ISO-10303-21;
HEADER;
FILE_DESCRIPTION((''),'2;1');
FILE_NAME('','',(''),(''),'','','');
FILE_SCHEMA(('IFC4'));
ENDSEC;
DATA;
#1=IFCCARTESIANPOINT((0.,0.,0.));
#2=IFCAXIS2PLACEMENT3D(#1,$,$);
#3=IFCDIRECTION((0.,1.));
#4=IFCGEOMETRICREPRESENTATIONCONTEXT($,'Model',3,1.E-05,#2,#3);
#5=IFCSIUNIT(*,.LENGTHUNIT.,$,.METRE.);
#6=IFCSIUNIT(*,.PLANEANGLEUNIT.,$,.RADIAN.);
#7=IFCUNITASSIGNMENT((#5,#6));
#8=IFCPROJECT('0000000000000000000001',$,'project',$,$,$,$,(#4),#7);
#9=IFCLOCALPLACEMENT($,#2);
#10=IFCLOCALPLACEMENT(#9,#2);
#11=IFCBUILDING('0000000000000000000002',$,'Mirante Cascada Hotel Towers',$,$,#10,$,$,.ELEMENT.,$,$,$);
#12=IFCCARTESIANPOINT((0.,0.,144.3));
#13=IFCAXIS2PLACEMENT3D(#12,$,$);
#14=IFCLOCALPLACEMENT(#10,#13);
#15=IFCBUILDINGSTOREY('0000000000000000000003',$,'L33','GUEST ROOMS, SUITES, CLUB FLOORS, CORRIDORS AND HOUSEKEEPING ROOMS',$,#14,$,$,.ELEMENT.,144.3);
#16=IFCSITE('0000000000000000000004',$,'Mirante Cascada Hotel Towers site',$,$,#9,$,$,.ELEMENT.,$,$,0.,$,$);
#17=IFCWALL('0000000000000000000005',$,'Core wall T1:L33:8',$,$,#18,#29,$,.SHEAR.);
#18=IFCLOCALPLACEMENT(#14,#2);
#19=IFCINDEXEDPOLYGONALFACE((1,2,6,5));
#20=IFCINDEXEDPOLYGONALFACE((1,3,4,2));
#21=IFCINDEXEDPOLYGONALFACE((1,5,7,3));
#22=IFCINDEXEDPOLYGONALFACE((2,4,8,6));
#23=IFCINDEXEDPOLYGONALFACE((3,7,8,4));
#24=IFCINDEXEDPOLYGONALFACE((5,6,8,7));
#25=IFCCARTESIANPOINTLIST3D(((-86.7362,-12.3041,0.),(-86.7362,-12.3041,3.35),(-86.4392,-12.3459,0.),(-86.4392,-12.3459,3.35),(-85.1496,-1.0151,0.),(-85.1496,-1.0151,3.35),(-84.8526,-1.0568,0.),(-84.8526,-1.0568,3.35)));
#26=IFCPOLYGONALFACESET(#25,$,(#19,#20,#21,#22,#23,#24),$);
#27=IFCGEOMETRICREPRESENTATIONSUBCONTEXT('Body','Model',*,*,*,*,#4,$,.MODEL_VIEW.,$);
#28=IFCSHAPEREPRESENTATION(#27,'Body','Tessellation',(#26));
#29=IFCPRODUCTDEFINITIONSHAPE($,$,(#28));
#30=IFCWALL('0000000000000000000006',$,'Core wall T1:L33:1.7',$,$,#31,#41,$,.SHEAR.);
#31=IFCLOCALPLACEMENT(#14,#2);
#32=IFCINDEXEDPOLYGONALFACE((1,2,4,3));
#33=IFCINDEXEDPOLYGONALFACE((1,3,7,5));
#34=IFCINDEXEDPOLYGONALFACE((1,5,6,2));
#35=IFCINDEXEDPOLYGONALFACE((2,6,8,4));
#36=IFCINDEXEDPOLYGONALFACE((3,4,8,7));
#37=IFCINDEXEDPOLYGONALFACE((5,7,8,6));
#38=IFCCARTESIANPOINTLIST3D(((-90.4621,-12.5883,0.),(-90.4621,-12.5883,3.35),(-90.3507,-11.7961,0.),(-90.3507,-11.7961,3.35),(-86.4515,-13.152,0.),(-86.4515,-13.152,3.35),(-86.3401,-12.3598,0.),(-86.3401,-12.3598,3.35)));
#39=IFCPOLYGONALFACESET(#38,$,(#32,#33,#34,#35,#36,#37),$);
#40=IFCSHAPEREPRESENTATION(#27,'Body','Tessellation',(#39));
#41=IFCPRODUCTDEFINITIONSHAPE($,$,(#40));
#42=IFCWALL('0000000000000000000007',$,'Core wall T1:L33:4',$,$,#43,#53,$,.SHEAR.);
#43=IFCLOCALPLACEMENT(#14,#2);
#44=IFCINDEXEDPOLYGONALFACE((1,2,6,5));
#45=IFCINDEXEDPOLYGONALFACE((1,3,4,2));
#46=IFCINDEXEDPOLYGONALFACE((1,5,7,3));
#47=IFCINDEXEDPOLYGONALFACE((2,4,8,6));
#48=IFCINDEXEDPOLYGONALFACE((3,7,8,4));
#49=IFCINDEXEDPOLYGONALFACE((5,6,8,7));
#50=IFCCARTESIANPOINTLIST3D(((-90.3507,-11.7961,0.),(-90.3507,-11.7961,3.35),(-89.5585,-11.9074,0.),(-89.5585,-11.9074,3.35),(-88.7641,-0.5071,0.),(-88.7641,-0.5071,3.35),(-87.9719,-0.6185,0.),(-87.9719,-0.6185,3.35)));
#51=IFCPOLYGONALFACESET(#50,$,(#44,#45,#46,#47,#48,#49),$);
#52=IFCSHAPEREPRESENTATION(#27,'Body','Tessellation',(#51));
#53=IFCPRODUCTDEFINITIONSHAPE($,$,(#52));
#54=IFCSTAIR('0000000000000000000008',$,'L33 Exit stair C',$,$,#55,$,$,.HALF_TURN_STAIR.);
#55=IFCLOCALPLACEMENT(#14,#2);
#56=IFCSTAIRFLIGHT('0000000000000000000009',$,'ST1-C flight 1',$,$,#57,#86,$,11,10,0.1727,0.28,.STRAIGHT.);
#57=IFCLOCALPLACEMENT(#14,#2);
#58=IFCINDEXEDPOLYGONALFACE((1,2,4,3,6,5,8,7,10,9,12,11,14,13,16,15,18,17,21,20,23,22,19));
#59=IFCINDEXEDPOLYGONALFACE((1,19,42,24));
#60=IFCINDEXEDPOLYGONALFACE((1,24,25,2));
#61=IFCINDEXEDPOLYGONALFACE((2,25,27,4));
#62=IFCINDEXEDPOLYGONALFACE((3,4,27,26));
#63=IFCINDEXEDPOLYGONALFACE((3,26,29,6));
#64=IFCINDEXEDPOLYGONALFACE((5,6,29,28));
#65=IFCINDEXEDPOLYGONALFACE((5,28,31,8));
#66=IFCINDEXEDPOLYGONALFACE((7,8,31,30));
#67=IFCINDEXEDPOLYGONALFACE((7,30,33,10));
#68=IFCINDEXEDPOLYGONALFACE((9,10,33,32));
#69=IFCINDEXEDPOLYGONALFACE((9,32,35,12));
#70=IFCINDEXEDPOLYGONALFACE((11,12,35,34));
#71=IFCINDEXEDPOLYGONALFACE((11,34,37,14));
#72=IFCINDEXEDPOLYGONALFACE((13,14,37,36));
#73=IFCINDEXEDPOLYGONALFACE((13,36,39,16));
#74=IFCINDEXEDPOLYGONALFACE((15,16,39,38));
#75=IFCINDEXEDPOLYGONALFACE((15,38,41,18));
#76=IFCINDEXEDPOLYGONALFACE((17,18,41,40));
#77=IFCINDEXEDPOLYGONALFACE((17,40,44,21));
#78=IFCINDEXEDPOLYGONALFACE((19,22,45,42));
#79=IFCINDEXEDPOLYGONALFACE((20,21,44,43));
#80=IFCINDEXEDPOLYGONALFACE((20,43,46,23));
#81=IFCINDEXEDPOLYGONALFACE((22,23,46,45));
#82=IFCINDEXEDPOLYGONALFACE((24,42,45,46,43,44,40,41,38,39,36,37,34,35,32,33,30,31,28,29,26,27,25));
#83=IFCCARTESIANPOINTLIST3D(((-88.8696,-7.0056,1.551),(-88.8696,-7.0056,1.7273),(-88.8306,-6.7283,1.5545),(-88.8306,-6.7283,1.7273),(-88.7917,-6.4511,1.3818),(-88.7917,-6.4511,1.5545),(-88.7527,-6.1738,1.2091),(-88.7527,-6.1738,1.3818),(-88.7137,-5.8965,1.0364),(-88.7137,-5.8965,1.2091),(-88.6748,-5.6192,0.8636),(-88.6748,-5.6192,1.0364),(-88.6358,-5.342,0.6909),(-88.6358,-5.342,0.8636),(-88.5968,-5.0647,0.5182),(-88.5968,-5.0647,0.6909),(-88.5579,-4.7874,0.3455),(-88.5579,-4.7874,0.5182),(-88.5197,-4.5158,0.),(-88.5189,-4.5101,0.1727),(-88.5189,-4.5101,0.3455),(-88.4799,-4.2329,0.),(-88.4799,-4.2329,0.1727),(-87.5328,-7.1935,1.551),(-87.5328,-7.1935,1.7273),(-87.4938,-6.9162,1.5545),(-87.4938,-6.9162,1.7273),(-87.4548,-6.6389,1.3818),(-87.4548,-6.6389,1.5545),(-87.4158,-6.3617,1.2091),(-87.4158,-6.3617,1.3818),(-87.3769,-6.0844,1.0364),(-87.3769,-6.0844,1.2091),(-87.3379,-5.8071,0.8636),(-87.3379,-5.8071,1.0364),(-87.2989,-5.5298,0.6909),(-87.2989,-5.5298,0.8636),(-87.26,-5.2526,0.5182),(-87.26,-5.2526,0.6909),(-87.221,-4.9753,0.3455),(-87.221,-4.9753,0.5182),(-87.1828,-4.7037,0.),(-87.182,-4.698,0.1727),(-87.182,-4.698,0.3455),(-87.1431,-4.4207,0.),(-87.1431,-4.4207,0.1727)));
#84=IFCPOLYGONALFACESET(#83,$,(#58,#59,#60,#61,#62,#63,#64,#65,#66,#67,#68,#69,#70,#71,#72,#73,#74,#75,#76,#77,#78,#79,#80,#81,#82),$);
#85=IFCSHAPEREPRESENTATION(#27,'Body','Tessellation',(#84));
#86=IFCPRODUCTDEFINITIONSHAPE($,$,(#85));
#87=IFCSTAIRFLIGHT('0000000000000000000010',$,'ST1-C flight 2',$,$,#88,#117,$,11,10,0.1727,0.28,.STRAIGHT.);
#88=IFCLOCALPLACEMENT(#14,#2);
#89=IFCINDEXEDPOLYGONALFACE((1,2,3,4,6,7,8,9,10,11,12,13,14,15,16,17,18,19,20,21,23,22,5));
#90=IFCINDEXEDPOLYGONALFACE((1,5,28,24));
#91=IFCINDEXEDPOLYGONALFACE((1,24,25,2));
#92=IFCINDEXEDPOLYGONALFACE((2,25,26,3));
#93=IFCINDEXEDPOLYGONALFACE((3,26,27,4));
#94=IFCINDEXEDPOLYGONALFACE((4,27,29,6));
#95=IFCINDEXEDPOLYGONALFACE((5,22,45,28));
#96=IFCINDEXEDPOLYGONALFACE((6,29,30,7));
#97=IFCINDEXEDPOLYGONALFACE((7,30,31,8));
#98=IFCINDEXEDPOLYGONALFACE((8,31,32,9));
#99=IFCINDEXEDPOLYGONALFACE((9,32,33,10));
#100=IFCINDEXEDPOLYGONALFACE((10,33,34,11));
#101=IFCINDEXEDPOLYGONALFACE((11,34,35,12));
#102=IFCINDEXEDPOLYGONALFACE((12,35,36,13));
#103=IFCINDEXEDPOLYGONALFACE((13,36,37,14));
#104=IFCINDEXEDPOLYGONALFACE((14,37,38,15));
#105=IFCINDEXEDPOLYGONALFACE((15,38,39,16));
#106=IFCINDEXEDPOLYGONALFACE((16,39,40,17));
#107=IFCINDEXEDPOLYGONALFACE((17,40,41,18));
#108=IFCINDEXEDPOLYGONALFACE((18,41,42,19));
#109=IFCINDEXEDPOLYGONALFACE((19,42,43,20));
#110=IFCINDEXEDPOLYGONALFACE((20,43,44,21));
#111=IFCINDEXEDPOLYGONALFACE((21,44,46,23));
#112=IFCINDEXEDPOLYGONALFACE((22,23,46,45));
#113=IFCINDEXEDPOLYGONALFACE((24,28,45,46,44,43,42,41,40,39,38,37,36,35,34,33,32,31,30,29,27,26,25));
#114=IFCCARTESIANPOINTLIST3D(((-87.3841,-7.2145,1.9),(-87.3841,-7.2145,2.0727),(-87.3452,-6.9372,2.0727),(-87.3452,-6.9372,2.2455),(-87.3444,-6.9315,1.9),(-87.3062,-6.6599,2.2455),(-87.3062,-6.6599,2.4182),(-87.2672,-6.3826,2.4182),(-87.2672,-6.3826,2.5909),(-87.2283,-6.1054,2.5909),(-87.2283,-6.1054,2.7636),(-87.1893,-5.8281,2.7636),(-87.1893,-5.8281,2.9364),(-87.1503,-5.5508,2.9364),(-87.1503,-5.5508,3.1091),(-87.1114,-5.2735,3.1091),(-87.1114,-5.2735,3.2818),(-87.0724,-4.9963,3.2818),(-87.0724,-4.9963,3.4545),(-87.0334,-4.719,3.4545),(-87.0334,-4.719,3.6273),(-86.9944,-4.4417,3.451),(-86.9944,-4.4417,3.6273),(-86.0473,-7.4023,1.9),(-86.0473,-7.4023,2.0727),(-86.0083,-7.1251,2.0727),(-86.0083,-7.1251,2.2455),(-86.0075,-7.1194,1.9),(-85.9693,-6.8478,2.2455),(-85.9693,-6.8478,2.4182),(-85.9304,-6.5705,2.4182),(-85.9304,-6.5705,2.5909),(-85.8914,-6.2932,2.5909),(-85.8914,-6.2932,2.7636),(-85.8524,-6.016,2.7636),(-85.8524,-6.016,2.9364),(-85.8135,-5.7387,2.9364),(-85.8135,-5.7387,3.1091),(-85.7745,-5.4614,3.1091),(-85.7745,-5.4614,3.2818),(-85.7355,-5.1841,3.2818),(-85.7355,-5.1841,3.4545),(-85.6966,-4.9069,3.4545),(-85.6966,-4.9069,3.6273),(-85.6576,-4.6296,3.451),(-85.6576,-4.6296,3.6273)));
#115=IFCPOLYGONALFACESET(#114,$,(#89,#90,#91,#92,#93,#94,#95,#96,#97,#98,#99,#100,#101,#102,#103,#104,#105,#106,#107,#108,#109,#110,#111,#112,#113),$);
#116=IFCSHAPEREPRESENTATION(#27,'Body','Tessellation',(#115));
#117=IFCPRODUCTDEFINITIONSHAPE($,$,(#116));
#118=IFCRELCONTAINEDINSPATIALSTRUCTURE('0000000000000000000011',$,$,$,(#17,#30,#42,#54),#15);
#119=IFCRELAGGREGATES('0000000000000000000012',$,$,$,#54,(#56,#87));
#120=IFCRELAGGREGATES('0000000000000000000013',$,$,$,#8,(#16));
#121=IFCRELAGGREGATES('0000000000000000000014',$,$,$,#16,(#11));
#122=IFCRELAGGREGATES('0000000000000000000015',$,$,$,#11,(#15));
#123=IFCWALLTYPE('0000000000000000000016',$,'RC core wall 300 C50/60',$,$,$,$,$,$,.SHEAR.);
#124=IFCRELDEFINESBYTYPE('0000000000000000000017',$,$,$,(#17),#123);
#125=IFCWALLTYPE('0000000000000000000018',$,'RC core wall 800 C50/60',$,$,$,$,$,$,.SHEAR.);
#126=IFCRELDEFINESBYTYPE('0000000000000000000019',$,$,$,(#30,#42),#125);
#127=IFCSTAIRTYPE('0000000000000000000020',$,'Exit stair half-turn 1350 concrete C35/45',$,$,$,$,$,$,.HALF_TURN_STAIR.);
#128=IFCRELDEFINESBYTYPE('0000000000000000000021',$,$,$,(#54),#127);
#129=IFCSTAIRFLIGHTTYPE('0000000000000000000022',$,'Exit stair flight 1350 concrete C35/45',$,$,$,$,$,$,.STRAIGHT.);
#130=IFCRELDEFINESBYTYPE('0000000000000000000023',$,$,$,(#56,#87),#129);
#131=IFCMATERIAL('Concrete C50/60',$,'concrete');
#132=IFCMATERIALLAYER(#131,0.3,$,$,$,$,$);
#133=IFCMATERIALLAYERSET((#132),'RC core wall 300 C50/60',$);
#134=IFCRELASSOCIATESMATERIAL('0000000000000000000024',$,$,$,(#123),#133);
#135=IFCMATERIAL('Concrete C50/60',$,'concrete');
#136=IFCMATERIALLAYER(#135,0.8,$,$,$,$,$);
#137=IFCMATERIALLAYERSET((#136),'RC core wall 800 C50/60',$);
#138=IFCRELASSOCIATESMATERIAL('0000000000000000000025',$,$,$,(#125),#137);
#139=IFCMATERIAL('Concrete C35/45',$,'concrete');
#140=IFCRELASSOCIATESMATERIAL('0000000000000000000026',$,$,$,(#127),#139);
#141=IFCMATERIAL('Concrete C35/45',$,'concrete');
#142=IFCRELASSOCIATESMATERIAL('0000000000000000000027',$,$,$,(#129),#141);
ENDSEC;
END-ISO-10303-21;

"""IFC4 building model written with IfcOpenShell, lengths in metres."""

from ifc_helpers import new_model, si_unit, direction, frame, frame_2d, origin, place, context, subcontext, project, spatial, polyline, rectangle, outline, extrude, material, layer, layer_set, type_object, element, aggregate, save


model = new_model("IFC4")

# Units and contexts
model_context = context("Model", 3, precision=1e-05, world=origin(), true_north=direction((0.0, 1.0)))
body_context = subcontext(model_context, "Body", "Model", "MODEL_VIEW")
ifc_project = project(units=[si_unit("LENGTHUNIT", "METRE"), si_unit("PLANEANGLEUNIT", "RADIAN")], contexts=[model_context])

# Site, building, storey
site_placement = place(None, origin())
site = spatial("IfcSite", under=ifc_project, at=site_placement, Name="Mirante Cascada Hotel Towers site", CompositionType="ELEMENT", RefElevation=0.0)
building_placement = place(site_placement, origin())
building = spatial("IfcBuilding", under=site, at=building_placement, Name="Mirante Cascada Hotel Towers", CompositionType="ELEMENT")
storey_placement = place(building_placement, frame((0.0, 0.0, 144.3)))
storey = spatial("IfcBuildingStorey", under=building, at=storey_placement, Name="L33", Description="GUEST ROOMS, SUITES, CLUB FLOORS, CORRIDORS AND HOUSEKEEPING ROOMS", CompositionType="ELEMENT", Elevation=144.3)

# Walls
ifc_material_1 = material(Name="Concrete C50/60", Category="concrete")
ifc_layer_1 = layer(ifc_material_1, 0.3)
ifc_layer_set_1 = layer_set([ifc_layer_1], Name="RC core wall 300 C50/60")
wall_type_1 = type_object("IfcWallType", Name="RC core wall 300 C50/60", PredefinedType="SHEAR", material=ifc_layer_set_1)
wall_1_placement = place(storey_placement, frame((-86.5877, -12.325, 0.0), z_axis=(0.0, 0.0, 1.0), x_axis=(0.139175, 0.990268, 0.0)))
element("IfcWall", 1, at=wall_1_placement, inside=storey, type_object=wall_type_1, Name="Core wall T1:L33:8", PredefinedType="SHEAR", context=body_context, shape_type="SweptSolid", body=[
    extrude(rectangle(XDim=11.4, YDim=0.3, at=frame_2d((5.7, 0.0))), origin(), (0.0, 0.0, 1.0), 3.35),
])
ifc_material_2 = material(Name="Concrete C50/60", Category="concrete")
ifc_layer_2 = layer(ifc_material_2, 0.8)
ifc_layer_set_2 = layer_set([ifc_layer_2], Name="RC core wall 800 C50/60")
wall_type_2 = type_object("IfcWallType", Name="RC core wall 800 C50/60", PredefinedType="SHEAR", material=ifc_layer_set_2)
wall_2_placement = place(storey_placement, frame((-86.3958, -12.7559, 0.0), z_axis=(0.0, 0.0, 1.0), x_axis=(-0.990267, 0.139184, 0.0)))
element("IfcWall", 2, at=wall_2_placement, inside=storey, type_object=wall_type_2, Name="Core wall T1:L33:1.7", PredefinedType="SHEAR", context=body_context, shape_type="SweptSolid", body=[
    extrude(rectangle(XDim=4.05, YDim=0.8, at=frame_2d((2.025, 0.0))), origin(), (0.0, 0.0, 1.0), 3.35),
])
wall_3_placement = place(storey_placement, frame((-89.9546, -11.8518, 0.0), z_axis=(0.0, 0.0, 1.0), x_axis=(0.139176, 0.990268, 0.0)))
element("IfcWall", 3, at=wall_3_placement, inside=storey, type_object=wall_type_2, Name="Core wall T1:L33:4", PredefinedType="SHEAR", context=body_context, shape_type="SweptSolid", body=[
    extrude(rectangle(XDim=11.3999, YDim=0.8, at=frame_2d((5.7, 0.0))), origin(), (0.0, 0.0, 1.0), 3.35),
])

# Stair, stair flights
ifc_material_3 = material(Name="Concrete C35/45", Category="concrete")
stair_type = type_object("IfcStairType", Name="Exit stair half-turn 1350 concrete C35/45", PredefinedType="HALF_TURN_STAIR", material=ifc_material_3)
stair_placement = place(storey_placement, origin())
stair = element("IfcStair", 4, at=stair_placement, inside=storey, type_object=stair_type, Name="L33 Exit stair C", PredefinedType="HALF_TURN_STAIR")
ifc_material_4 = material(Name="Concrete C35/45", Category="concrete")
stair_flight_type = type_object("IfcStairFlightType", Name="Exit stair flight 1350 concrete C35/45", PredefinedType="STRAIGHT", material=ifc_material_4)
stair_flight_1_placement = place(storey_placement, frame((-87.8115, -4.3268, 0.0), z_axis=(0.0, 0.0, 1.0), x_axis=(-0.139173, -0.990268, 0.0)))
stair_flight_1 = element("IfcStairFlight", 5, at=stair_flight_1_placement, type_object=stair_flight_type, Name="ST1-C flight 1", NumberOfRisers=11, NumberOfTreads=10, PredefinedType="STRAIGHT", RiserHeight=0.1727, TreadLength=0.28, context=body_context, shape_type="SweptSolid", body=[
    extrude(outline(polyline([(0.0, 0.0), (0.0, 0.1727), (0.28, 0.1727), (0.28, 0.3455), (0.56, 0.3455), (0.56, 0.5182), (0.84, 0.5182), (0.84, 0.6909), (1.12, 0.6909), (1.12, 0.8636), (1.4, 0.8636), (1.4, 1.0364), (1.68, 1.0364), (1.68, 1.2091), (1.96, 1.2091), (1.96, 1.3818), (2.24, 1.3818), (2.24, 1.5545), (2.52, 1.5545), (2.52, 1.7273), (2.8, 1.7273), (2.8, 1.9), (2.8, 1.551), (0.2857, 0.0), (0.0, 0.0)])), frame((0.0, 0.675, 0.0), z_axis=(0.0, -1.0, 0.0), x_axis=(1.0, 0.0, 0.0)), (0.0, 0.0, 1.0), 1.35),
])
stair_flight_2_placement = place(storey_placement, frame((-86.7157, -7.3084, 1.9), z_axis=(0.0, 0.0, 1.0), x_axis=(0.139173, 0.990268, 0.0)))
stair_flight_2 = element("IfcStairFlight", 6, at=stair_flight_2_placement, type_object=stair_flight_type, Name="ST1-C flight 2", NumberOfRisers=11, NumberOfTreads=10, PredefinedType="STRAIGHT", RiserHeight=0.1727, TreadLength=0.28, context=body_context, shape_type="SweptSolid", body=[
    extrude(outline(polyline([(0.0, 0.0), (0.0, 0.1727), (0.28, 0.1727), (0.28, 0.3455), (0.56, 0.3455), (0.56, 0.5182), (0.84, 0.5182), (0.84, 0.6909), (1.12, 0.6909), (1.12, 0.8636), (1.4, 0.8636), (1.4, 1.0364), (1.68, 1.0364), (1.68, 1.2091), (1.96, 1.2091), (1.96, 1.3818), (2.24, 1.3818), (2.24, 1.5545), (2.52, 1.5545), (2.52, 1.7273), (2.8, 1.7273), (2.8, 1.9), (2.8, 1.551), (0.2857, 0.0), (0.0, 0.0)])), frame((0.0, 0.675, 0.0), z_axis=(0.0, -1.0, 0.0), x_axis=(1.0, 0.0, 0.0)), (0.0, 0.0, 1.0), 1.35),
])
aggregate(stair, [stair_flight_1, stair_flight_2])

save(model, "model.ifc")
